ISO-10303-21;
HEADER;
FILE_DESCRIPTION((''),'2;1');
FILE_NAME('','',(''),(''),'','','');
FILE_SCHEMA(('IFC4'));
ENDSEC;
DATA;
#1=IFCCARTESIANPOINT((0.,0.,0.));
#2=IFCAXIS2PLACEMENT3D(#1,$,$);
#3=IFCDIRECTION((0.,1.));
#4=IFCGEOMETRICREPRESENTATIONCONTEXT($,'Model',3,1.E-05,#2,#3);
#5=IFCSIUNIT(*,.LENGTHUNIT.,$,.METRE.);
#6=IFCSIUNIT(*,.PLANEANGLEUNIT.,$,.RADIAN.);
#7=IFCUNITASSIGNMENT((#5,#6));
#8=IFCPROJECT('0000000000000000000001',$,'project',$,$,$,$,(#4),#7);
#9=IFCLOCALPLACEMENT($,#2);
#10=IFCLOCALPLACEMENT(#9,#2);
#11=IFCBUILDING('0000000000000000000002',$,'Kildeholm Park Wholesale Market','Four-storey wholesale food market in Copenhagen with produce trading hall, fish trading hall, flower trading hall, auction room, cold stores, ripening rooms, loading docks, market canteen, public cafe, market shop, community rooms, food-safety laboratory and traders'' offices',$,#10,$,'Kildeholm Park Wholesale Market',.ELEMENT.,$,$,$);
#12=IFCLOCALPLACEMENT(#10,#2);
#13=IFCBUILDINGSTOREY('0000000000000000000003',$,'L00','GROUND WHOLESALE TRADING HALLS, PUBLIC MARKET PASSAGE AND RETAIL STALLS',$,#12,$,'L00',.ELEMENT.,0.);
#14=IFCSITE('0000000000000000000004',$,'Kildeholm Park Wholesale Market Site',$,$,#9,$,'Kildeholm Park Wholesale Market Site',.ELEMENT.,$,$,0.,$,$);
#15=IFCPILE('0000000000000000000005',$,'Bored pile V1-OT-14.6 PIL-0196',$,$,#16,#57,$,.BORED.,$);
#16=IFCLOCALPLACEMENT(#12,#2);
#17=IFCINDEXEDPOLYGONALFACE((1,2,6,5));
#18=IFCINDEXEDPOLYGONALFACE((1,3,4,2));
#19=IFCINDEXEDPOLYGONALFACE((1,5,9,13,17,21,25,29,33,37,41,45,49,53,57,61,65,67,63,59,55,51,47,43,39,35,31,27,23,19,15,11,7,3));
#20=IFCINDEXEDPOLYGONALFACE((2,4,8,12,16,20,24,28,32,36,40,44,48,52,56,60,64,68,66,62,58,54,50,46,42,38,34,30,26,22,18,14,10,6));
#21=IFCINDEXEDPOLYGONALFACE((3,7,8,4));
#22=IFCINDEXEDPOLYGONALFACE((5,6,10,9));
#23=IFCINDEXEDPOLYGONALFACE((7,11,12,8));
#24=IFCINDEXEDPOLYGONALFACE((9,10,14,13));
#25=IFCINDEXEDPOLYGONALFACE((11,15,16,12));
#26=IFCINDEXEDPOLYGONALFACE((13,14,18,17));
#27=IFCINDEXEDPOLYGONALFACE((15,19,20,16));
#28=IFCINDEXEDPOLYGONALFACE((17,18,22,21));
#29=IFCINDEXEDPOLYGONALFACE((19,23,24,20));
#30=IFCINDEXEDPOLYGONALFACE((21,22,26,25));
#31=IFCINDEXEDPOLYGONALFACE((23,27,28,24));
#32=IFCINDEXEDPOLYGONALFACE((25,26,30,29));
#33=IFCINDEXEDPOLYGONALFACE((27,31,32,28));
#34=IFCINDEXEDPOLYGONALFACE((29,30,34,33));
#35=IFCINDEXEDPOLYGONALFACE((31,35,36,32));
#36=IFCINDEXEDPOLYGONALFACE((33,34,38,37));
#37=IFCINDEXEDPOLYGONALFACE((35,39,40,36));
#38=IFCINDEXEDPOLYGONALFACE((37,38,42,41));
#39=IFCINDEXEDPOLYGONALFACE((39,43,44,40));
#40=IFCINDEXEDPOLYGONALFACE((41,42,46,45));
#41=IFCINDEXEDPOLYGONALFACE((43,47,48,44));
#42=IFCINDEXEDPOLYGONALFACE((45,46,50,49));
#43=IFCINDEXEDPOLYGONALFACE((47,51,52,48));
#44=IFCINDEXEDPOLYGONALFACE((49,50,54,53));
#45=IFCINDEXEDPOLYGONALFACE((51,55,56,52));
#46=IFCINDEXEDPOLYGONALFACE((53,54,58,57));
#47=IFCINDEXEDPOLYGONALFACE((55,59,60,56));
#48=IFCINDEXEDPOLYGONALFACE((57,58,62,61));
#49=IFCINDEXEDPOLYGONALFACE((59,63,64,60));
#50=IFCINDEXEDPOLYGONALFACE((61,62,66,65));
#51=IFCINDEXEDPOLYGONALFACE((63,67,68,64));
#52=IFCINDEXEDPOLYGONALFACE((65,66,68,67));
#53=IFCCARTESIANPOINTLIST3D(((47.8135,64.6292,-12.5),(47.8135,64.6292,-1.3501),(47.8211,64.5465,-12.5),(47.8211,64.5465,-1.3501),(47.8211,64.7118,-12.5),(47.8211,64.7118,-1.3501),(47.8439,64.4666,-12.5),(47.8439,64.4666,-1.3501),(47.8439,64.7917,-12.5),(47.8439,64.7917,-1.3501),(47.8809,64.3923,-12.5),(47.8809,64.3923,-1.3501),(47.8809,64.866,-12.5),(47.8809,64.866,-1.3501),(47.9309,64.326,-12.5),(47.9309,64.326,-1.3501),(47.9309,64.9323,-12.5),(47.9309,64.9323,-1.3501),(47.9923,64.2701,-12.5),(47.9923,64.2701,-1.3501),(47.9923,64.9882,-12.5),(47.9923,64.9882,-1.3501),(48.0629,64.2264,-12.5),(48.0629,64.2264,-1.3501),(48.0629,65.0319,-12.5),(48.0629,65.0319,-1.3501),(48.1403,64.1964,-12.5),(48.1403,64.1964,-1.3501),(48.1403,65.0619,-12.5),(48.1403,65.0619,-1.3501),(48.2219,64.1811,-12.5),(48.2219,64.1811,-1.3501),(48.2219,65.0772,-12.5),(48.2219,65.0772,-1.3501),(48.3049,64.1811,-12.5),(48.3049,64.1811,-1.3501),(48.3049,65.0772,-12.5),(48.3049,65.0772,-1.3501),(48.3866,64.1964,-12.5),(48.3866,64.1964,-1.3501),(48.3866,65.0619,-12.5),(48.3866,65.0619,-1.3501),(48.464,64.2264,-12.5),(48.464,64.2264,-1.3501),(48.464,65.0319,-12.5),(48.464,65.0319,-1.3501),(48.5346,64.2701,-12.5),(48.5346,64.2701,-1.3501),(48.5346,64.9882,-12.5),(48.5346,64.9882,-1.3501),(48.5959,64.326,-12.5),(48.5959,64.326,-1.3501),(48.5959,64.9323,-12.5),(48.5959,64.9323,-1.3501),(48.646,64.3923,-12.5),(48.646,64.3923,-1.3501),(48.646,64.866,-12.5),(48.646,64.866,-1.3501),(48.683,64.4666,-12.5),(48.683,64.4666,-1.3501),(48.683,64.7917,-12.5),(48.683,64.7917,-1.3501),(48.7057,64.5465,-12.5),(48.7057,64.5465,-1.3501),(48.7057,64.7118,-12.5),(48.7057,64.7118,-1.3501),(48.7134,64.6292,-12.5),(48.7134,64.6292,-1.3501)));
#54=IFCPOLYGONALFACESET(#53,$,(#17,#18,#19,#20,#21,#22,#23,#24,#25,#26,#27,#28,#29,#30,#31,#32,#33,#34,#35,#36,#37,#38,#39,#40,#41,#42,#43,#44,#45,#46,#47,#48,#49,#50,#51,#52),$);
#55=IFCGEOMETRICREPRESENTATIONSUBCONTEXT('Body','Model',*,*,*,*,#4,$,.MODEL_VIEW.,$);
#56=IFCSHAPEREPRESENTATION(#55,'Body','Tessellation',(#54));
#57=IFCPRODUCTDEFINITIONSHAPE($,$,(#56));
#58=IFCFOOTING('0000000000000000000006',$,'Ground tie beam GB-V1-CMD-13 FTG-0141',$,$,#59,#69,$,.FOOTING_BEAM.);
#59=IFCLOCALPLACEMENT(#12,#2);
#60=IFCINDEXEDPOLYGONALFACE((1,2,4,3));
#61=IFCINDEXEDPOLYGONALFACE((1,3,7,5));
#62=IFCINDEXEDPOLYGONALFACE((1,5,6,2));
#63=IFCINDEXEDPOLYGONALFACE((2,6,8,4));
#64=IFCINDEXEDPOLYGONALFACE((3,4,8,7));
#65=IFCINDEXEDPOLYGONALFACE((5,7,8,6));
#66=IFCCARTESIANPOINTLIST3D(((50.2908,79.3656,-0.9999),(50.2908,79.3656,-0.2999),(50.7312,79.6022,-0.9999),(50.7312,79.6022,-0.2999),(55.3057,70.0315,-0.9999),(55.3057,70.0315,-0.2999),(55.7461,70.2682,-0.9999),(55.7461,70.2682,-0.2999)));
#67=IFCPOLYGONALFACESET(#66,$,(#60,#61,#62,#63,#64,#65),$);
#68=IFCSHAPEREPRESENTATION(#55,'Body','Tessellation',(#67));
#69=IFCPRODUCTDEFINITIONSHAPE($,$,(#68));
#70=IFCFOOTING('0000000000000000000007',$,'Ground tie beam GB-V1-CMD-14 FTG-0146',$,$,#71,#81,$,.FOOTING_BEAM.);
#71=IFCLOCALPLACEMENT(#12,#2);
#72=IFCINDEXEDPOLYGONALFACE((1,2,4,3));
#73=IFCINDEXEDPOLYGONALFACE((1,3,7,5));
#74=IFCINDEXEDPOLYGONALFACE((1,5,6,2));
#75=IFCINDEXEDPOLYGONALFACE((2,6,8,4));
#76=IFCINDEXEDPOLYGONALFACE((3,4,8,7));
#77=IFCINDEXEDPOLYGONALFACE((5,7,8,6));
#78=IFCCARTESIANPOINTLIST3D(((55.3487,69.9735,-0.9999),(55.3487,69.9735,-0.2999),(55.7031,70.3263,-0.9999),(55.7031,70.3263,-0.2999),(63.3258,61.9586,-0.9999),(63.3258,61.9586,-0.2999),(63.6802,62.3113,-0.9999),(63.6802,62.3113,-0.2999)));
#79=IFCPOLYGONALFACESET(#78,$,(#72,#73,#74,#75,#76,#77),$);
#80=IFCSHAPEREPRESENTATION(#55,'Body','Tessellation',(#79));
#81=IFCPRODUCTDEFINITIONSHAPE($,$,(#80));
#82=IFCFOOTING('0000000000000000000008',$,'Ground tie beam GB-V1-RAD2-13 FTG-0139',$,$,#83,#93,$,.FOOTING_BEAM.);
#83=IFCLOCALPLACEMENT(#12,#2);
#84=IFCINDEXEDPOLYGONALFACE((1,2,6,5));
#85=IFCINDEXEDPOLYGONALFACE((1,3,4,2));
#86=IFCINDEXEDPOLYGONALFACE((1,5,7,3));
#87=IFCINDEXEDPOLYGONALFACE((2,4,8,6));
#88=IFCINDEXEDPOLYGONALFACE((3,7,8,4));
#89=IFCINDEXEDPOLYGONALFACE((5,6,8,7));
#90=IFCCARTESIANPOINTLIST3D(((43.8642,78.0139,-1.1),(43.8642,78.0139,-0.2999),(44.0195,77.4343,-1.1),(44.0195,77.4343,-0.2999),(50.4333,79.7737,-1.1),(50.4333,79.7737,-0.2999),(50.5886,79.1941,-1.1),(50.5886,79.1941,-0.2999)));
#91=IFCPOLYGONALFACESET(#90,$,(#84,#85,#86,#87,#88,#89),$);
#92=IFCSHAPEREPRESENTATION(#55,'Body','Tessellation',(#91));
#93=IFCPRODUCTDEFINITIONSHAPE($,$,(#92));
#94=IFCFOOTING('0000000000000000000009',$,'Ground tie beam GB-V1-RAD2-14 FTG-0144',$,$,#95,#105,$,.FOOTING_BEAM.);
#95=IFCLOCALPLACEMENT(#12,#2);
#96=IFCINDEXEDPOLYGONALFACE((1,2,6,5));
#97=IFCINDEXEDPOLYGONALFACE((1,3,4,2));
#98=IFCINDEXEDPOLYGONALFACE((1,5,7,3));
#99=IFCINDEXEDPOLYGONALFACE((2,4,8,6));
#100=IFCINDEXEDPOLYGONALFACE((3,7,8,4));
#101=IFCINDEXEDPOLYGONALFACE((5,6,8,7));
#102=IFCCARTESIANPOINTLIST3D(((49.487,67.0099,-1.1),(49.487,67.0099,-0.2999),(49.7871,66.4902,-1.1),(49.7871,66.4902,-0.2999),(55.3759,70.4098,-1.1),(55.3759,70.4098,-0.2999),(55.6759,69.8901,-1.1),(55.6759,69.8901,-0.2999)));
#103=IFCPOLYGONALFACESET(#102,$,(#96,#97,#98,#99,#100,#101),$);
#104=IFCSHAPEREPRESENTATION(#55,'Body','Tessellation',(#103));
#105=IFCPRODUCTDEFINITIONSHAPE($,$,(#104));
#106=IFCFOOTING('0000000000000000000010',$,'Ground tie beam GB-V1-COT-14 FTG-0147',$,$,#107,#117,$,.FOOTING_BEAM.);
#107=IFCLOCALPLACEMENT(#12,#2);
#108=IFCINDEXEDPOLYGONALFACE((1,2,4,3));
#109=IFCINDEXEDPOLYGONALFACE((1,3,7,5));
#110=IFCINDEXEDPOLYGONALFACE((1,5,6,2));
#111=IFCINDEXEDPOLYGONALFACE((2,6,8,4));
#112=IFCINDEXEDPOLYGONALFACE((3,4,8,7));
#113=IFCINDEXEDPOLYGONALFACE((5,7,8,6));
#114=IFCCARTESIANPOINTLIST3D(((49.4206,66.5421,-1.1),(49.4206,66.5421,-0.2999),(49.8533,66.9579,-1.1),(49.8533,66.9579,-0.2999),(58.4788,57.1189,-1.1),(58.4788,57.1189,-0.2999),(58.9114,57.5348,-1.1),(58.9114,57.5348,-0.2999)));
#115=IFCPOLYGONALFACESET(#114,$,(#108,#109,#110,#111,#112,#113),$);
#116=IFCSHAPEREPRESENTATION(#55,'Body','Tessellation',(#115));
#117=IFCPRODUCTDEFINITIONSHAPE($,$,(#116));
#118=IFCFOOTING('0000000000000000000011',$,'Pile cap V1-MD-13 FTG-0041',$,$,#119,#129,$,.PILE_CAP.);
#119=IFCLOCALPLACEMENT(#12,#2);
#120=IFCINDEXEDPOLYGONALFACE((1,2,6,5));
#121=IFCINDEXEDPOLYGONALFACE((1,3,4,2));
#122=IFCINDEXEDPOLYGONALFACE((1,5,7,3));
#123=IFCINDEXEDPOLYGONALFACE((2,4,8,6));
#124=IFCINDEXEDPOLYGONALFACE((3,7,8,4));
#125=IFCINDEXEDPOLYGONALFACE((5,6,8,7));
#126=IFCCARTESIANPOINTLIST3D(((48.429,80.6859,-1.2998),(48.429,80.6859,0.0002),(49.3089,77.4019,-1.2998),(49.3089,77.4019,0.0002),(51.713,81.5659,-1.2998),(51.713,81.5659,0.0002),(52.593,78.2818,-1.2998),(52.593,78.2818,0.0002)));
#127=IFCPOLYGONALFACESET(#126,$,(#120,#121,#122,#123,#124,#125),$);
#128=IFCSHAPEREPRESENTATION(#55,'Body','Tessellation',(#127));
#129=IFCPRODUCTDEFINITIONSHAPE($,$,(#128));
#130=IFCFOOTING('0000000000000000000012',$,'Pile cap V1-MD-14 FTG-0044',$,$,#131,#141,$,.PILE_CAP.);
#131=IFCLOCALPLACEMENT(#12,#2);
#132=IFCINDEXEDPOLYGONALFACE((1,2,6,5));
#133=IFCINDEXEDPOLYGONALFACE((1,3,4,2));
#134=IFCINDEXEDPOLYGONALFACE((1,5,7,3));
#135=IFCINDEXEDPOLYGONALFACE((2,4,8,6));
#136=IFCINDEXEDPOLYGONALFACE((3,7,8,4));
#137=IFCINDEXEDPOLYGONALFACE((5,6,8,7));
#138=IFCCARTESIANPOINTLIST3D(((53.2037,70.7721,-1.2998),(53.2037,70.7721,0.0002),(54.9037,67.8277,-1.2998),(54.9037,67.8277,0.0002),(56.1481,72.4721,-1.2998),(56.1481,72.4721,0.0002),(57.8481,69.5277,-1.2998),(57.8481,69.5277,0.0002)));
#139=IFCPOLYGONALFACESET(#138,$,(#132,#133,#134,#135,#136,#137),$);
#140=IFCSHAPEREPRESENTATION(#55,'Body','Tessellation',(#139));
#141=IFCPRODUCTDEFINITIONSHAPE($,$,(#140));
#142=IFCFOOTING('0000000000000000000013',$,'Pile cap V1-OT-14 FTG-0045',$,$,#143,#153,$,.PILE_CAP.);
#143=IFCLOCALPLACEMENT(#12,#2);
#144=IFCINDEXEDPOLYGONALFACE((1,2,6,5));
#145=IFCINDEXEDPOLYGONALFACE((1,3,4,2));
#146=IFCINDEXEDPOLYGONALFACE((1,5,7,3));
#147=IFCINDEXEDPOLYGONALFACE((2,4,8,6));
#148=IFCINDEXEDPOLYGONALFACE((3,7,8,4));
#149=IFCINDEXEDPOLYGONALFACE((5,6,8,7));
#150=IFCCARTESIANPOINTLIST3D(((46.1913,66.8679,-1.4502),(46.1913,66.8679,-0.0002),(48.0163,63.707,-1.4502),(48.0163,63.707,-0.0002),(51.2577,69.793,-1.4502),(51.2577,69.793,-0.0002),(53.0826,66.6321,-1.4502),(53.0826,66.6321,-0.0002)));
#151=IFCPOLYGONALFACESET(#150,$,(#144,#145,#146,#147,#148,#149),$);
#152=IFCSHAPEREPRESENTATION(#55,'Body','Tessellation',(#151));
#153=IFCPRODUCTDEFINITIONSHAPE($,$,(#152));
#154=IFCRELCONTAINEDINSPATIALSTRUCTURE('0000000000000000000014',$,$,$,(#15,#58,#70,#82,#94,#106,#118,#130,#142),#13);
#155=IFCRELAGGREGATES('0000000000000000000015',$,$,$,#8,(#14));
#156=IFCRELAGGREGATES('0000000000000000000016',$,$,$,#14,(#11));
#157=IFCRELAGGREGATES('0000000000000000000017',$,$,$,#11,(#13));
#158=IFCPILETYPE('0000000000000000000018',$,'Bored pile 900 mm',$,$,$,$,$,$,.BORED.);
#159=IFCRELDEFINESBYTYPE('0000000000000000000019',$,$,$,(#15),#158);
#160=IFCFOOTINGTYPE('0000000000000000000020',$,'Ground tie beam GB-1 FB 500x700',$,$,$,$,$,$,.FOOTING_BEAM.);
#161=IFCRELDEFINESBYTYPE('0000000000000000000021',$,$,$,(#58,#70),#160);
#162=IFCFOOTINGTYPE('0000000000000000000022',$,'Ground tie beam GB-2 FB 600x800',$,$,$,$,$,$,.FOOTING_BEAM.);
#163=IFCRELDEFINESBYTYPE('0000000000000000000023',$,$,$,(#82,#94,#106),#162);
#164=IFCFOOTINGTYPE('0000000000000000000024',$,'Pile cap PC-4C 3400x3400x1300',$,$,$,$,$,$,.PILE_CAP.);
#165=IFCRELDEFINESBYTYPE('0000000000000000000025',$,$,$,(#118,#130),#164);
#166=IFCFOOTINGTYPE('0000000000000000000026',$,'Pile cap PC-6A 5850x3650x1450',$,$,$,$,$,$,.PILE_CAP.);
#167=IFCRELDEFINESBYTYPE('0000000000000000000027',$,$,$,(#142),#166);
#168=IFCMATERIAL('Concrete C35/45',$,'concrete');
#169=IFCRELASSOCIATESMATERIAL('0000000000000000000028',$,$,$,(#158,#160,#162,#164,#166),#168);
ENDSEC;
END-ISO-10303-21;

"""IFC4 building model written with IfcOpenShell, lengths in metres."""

from ifc_helpers import new_model, si_unit, direction, frame, origin, origin_2d, place, context, subcontext, project, spatial, rectangle, circle, extrude, material, material_profile, profile_set, type_object, element, save


model = new_model("IFC4")

# Units and contexts
model_context = context("Model", 3, precision=1e-05, world=origin(), true_north=direction((0.0, 1.0)))
body_context = subcontext(model_context, "Body", "Model", "MODEL_VIEW")
ifc_project = project(units=[si_unit("LENGTHUNIT", "METRE"), si_unit("PLANEANGLEUNIT", "RADIAN")], contexts=[model_context])

# Site, building, storey
site_placement = place(None, origin())
site = spatial("IfcSite", under=ifc_project, at=site_placement, Name="Kildeholm Park Wholesale Market Site", LongName="Kildeholm Park Wholesale Market Site", CompositionType="ELEMENT", RefElevation=0.0)
building_placement = place(site_placement, origin())
building = spatial("IfcBuilding", under=site, at=building_placement, Name="Kildeholm Park Wholesale Market", Description="Four-storey wholesale food market in Copenhagen with produce trading hall, fish trading hall, flower trading hall, auction room, cold stores, ripening rooms, loading docks, market canteen, public cafe, market shop, community rooms, food-safety laboratory and traders' offices", LongName="Kildeholm Park Wholesale Market", CompositionType="ELEMENT")
storey_placement = place(building_placement, origin())
storey = spatial("IfcBuildingStorey", under=building, at=storey_placement, Name="L00", Description="GROUND WHOLESALE TRADING HALLS, PUBLIC MARKET PASSAGE AND RETAIL STALLS", LongName="L00", CompositionType="ELEMENT", Elevation=0.0)

# Pile
ifc_material_1 = material(Name="Concrete C35/45", Category="concrete")
ifc_material_profile_1 = material_profile(ifc_material_1, circle(Radius=0.45, at=origin_2d()), Name="PILE D900")
ifc_profile_set_1 = profile_set([ifc_material_profile_1], Name="Concrete C35/45")
pile_type_1 = type_object("IfcPileType", Name="Bored pile 900 mm", PredefinedType="BORED", material=ifc_profile_set_1)
for number, where, z_axis, x_axis, name in (
    (1, (48.2634, 64.6292, -1.3501), (0.0, 0.0, -1.0), (1.0, 0.0, 0.0), "Bored pile V1-OT-14.6 PIL-0196"),
):
    element("IfcPile", number, at=place(storey_placement, frame(where, z_axis=z_axis, x_axis=x_axis)), inside=storey, type_object=pile_type_1, Name=name, PredefinedType="BORED", context=body_context, shape_type="SweptSolid", body=[
        extrude(circle(Radius=0.45, at=origin_2d()), origin(), (0.0, 0.0, 1.0), 11.1499),
    ])

# Footings
ifc_material_profile_2 = material_profile(ifc_material_1, rectangle(XDim=0.5, YDim=0.7, at=origin_2d()), Name="FB 500x700")
ifc_profile_set_2 = profile_set([ifc_material_profile_2], Name="Concrete C35/45")
footing_type_1 = type_object("IfcFootingType", Name="Ground tie beam GB-1 FB 500x700", PredefinedType="FOOTING_BEAM", material=ifc_profile_set_2)
footing_1_placement = place(storey_placement, frame((50.511, 79.4839, -0.6499), z_axis=(0.473288, -0.880908, 0.0), x_axis=(0.880908, 0.473288, 0.0)))
element("IfcFooting", 2, at=footing_1_placement, inside=storey, type_object=footing_type_1, Name="Ground tie beam GB-V1-CMD-13 FTG-0141", PredefinedType="FOOTING_BEAM", context=body_context, shape_type="SweptSolid", body=[
    extrude(rectangle(XDim=0.5, YDim=0.7, at=origin_2d()), origin(), (0.0, 0.0, 1.0), 10.5959),
])
footing_2_placement = place(storey_placement, frame((55.5259, 70.1499, -0.6499), z_axis=(0.705432, -0.708778, 0.0), x_axis=(0.708778, 0.705432, 0.0)))
element("IfcFooting", 3, at=footing_2_placement, inside=storey, type_object=footing_type_1, Name="Ground tie beam GB-V1-CMD-14 FTG-0146", PredefinedType="FOOTING_BEAM", context=body_context, shape_type="SweptSolid", body=[
    extrude(rectangle(XDim=0.5, YDim=0.7, at=origin_2d()), origin(), (0.0, 0.0, 1.0), 11.3081),
])
ifc_material_profile_3 = material_profile(ifc_material_1, rectangle(XDim=0.6001, YDim=0.8, at=origin_2d()), Name="FB 600x800")
ifc_profile_set_3 = profile_set([ifc_material_profile_3], Name="Concrete C35/45")
footing_type_2 = type_object("IfcFootingType", Name="Ground tie beam GB-2 FB 600x800", PredefinedType="FOOTING_BEAM", material=ifc_profile_set_3)
footing_3_placement = place(storey_placement, frame((50.511, 79.4839, -0.7), z_axis=(-0.965941, -0.258762, 0.0), x_axis=(0.258762, -0.965941, 0.0)))
element("IfcFooting", 4, at=footing_3_placement, inside=storey, type_object=footing_type_2, Name="Ground tie beam GB-V1-RAD2-13 FTG-0139", PredefinedType="FOOTING_BEAM", context=body_context, shape_type="SweptSolid", body=[
    extrude(rectangle(XDim=0.6001, YDim=0.8, at=origin_2d()), origin(), (0.0, 0.0, 1.0), 6.8008),
])
footing_4_placement = place(storey_placement, frame((55.5259, 70.1499, -0.7), z_axis=(-0.86603, -0.499993, 0.0), x_axis=(0.499993, -0.86603, 0.0)))
element("IfcFooting", 5, at=footing_4_placement, inside=storey, type_object=footing_type_2, Name="Ground tie beam GB-V1-RAD2-14 FTG-0144", PredefinedType="FOOTING_BEAM", context=body_context, shape_type="SweptSolid", body=[
    extrude(rectangle(XDim=0.6001, YDim=0.8, at=origin_2d()), origin(), (0.0, 0.0, 1.0), 6.7998),
])
footing_5_placement = place(storey_placement, frame((49.637, 66.75, -0.7), z_axis=(0.693007, -0.720931, 0.0), x_axis=(0.720931, 0.693007, 0.0)))
element("IfcFooting", 6, at=footing_5_placement, inside=storey, type_object=footing_type_2, Name="Ground tie beam GB-V1-COT-14 FTG-0147", PredefinedType="FOOTING_BEAM", context=body_context, shape_type="SweptSolid", body=[
    extrude(rectangle(XDim=0.6001, YDim=0.8, at=origin_2d()), origin(), (0.0, 0.0, 1.0), 13.0708),
])
footing_type_3 = type_object("IfcFootingType", Name="Pile cap PC-4C 3400x3400x1300", PredefinedType="PILE_CAP", material=ifc_material_1)
for number, where, z_axis, x_axis, name in (
    (7, (50.511, 79.4839, -1.2998), (0.0, 0.0, 1.0), (-0.965926, -0.258819, 0.0), "Pile cap V1-MD-13 FTG-0041"),
    (8, (55.5259, 70.1499, -1.2998), (0.0, 0.0, 1.0), (-0.866025, -0.5, 0.0), "Pile cap V1-MD-14 FTG-0044"),
):
    element("IfcFooting", number, at=place(storey_placement, frame(where, z_axis=z_axis, x_axis=x_axis)), inside=storey, type_object=footing_type_3, Name=name, PredefinedType="PILE_CAP", context=body_context, shape_type="SweptSolid", body=[
        extrude(rectangle(XDim=3.3999, YDim=3.3999, at=origin_2d()), origin(), (0.0, 0.0, 1.0), 1.3),
    ])
footing_type_4 = type_object("IfcFootingType", Name="Pile cap PC-6A 5850x3650x1450", PredefinedType="PILE_CAP", material=ifc_material_1)
footing_6_placement = place(storey_placement, frame((49.637, 66.75, -1.4502), z_axis=(0.0, 0.0, 1.0), x_axis=(-0.866025, -0.5, 0.0)))
element("IfcFooting", 9, at=footing_6_placement, inside=storey, type_object=footing_type_4, Name="Pile cap V1-OT-14 FTG-0045", PredefinedType="PILE_CAP", context=body_context, shape_type="SweptSolid", body=[
    extrude(rectangle(XDim=5.8501, YDim=3.6499, at=origin_2d()), origin(), (0.0, 0.0, 1.0), 1.45),
])

save(model, "model.ifc")
